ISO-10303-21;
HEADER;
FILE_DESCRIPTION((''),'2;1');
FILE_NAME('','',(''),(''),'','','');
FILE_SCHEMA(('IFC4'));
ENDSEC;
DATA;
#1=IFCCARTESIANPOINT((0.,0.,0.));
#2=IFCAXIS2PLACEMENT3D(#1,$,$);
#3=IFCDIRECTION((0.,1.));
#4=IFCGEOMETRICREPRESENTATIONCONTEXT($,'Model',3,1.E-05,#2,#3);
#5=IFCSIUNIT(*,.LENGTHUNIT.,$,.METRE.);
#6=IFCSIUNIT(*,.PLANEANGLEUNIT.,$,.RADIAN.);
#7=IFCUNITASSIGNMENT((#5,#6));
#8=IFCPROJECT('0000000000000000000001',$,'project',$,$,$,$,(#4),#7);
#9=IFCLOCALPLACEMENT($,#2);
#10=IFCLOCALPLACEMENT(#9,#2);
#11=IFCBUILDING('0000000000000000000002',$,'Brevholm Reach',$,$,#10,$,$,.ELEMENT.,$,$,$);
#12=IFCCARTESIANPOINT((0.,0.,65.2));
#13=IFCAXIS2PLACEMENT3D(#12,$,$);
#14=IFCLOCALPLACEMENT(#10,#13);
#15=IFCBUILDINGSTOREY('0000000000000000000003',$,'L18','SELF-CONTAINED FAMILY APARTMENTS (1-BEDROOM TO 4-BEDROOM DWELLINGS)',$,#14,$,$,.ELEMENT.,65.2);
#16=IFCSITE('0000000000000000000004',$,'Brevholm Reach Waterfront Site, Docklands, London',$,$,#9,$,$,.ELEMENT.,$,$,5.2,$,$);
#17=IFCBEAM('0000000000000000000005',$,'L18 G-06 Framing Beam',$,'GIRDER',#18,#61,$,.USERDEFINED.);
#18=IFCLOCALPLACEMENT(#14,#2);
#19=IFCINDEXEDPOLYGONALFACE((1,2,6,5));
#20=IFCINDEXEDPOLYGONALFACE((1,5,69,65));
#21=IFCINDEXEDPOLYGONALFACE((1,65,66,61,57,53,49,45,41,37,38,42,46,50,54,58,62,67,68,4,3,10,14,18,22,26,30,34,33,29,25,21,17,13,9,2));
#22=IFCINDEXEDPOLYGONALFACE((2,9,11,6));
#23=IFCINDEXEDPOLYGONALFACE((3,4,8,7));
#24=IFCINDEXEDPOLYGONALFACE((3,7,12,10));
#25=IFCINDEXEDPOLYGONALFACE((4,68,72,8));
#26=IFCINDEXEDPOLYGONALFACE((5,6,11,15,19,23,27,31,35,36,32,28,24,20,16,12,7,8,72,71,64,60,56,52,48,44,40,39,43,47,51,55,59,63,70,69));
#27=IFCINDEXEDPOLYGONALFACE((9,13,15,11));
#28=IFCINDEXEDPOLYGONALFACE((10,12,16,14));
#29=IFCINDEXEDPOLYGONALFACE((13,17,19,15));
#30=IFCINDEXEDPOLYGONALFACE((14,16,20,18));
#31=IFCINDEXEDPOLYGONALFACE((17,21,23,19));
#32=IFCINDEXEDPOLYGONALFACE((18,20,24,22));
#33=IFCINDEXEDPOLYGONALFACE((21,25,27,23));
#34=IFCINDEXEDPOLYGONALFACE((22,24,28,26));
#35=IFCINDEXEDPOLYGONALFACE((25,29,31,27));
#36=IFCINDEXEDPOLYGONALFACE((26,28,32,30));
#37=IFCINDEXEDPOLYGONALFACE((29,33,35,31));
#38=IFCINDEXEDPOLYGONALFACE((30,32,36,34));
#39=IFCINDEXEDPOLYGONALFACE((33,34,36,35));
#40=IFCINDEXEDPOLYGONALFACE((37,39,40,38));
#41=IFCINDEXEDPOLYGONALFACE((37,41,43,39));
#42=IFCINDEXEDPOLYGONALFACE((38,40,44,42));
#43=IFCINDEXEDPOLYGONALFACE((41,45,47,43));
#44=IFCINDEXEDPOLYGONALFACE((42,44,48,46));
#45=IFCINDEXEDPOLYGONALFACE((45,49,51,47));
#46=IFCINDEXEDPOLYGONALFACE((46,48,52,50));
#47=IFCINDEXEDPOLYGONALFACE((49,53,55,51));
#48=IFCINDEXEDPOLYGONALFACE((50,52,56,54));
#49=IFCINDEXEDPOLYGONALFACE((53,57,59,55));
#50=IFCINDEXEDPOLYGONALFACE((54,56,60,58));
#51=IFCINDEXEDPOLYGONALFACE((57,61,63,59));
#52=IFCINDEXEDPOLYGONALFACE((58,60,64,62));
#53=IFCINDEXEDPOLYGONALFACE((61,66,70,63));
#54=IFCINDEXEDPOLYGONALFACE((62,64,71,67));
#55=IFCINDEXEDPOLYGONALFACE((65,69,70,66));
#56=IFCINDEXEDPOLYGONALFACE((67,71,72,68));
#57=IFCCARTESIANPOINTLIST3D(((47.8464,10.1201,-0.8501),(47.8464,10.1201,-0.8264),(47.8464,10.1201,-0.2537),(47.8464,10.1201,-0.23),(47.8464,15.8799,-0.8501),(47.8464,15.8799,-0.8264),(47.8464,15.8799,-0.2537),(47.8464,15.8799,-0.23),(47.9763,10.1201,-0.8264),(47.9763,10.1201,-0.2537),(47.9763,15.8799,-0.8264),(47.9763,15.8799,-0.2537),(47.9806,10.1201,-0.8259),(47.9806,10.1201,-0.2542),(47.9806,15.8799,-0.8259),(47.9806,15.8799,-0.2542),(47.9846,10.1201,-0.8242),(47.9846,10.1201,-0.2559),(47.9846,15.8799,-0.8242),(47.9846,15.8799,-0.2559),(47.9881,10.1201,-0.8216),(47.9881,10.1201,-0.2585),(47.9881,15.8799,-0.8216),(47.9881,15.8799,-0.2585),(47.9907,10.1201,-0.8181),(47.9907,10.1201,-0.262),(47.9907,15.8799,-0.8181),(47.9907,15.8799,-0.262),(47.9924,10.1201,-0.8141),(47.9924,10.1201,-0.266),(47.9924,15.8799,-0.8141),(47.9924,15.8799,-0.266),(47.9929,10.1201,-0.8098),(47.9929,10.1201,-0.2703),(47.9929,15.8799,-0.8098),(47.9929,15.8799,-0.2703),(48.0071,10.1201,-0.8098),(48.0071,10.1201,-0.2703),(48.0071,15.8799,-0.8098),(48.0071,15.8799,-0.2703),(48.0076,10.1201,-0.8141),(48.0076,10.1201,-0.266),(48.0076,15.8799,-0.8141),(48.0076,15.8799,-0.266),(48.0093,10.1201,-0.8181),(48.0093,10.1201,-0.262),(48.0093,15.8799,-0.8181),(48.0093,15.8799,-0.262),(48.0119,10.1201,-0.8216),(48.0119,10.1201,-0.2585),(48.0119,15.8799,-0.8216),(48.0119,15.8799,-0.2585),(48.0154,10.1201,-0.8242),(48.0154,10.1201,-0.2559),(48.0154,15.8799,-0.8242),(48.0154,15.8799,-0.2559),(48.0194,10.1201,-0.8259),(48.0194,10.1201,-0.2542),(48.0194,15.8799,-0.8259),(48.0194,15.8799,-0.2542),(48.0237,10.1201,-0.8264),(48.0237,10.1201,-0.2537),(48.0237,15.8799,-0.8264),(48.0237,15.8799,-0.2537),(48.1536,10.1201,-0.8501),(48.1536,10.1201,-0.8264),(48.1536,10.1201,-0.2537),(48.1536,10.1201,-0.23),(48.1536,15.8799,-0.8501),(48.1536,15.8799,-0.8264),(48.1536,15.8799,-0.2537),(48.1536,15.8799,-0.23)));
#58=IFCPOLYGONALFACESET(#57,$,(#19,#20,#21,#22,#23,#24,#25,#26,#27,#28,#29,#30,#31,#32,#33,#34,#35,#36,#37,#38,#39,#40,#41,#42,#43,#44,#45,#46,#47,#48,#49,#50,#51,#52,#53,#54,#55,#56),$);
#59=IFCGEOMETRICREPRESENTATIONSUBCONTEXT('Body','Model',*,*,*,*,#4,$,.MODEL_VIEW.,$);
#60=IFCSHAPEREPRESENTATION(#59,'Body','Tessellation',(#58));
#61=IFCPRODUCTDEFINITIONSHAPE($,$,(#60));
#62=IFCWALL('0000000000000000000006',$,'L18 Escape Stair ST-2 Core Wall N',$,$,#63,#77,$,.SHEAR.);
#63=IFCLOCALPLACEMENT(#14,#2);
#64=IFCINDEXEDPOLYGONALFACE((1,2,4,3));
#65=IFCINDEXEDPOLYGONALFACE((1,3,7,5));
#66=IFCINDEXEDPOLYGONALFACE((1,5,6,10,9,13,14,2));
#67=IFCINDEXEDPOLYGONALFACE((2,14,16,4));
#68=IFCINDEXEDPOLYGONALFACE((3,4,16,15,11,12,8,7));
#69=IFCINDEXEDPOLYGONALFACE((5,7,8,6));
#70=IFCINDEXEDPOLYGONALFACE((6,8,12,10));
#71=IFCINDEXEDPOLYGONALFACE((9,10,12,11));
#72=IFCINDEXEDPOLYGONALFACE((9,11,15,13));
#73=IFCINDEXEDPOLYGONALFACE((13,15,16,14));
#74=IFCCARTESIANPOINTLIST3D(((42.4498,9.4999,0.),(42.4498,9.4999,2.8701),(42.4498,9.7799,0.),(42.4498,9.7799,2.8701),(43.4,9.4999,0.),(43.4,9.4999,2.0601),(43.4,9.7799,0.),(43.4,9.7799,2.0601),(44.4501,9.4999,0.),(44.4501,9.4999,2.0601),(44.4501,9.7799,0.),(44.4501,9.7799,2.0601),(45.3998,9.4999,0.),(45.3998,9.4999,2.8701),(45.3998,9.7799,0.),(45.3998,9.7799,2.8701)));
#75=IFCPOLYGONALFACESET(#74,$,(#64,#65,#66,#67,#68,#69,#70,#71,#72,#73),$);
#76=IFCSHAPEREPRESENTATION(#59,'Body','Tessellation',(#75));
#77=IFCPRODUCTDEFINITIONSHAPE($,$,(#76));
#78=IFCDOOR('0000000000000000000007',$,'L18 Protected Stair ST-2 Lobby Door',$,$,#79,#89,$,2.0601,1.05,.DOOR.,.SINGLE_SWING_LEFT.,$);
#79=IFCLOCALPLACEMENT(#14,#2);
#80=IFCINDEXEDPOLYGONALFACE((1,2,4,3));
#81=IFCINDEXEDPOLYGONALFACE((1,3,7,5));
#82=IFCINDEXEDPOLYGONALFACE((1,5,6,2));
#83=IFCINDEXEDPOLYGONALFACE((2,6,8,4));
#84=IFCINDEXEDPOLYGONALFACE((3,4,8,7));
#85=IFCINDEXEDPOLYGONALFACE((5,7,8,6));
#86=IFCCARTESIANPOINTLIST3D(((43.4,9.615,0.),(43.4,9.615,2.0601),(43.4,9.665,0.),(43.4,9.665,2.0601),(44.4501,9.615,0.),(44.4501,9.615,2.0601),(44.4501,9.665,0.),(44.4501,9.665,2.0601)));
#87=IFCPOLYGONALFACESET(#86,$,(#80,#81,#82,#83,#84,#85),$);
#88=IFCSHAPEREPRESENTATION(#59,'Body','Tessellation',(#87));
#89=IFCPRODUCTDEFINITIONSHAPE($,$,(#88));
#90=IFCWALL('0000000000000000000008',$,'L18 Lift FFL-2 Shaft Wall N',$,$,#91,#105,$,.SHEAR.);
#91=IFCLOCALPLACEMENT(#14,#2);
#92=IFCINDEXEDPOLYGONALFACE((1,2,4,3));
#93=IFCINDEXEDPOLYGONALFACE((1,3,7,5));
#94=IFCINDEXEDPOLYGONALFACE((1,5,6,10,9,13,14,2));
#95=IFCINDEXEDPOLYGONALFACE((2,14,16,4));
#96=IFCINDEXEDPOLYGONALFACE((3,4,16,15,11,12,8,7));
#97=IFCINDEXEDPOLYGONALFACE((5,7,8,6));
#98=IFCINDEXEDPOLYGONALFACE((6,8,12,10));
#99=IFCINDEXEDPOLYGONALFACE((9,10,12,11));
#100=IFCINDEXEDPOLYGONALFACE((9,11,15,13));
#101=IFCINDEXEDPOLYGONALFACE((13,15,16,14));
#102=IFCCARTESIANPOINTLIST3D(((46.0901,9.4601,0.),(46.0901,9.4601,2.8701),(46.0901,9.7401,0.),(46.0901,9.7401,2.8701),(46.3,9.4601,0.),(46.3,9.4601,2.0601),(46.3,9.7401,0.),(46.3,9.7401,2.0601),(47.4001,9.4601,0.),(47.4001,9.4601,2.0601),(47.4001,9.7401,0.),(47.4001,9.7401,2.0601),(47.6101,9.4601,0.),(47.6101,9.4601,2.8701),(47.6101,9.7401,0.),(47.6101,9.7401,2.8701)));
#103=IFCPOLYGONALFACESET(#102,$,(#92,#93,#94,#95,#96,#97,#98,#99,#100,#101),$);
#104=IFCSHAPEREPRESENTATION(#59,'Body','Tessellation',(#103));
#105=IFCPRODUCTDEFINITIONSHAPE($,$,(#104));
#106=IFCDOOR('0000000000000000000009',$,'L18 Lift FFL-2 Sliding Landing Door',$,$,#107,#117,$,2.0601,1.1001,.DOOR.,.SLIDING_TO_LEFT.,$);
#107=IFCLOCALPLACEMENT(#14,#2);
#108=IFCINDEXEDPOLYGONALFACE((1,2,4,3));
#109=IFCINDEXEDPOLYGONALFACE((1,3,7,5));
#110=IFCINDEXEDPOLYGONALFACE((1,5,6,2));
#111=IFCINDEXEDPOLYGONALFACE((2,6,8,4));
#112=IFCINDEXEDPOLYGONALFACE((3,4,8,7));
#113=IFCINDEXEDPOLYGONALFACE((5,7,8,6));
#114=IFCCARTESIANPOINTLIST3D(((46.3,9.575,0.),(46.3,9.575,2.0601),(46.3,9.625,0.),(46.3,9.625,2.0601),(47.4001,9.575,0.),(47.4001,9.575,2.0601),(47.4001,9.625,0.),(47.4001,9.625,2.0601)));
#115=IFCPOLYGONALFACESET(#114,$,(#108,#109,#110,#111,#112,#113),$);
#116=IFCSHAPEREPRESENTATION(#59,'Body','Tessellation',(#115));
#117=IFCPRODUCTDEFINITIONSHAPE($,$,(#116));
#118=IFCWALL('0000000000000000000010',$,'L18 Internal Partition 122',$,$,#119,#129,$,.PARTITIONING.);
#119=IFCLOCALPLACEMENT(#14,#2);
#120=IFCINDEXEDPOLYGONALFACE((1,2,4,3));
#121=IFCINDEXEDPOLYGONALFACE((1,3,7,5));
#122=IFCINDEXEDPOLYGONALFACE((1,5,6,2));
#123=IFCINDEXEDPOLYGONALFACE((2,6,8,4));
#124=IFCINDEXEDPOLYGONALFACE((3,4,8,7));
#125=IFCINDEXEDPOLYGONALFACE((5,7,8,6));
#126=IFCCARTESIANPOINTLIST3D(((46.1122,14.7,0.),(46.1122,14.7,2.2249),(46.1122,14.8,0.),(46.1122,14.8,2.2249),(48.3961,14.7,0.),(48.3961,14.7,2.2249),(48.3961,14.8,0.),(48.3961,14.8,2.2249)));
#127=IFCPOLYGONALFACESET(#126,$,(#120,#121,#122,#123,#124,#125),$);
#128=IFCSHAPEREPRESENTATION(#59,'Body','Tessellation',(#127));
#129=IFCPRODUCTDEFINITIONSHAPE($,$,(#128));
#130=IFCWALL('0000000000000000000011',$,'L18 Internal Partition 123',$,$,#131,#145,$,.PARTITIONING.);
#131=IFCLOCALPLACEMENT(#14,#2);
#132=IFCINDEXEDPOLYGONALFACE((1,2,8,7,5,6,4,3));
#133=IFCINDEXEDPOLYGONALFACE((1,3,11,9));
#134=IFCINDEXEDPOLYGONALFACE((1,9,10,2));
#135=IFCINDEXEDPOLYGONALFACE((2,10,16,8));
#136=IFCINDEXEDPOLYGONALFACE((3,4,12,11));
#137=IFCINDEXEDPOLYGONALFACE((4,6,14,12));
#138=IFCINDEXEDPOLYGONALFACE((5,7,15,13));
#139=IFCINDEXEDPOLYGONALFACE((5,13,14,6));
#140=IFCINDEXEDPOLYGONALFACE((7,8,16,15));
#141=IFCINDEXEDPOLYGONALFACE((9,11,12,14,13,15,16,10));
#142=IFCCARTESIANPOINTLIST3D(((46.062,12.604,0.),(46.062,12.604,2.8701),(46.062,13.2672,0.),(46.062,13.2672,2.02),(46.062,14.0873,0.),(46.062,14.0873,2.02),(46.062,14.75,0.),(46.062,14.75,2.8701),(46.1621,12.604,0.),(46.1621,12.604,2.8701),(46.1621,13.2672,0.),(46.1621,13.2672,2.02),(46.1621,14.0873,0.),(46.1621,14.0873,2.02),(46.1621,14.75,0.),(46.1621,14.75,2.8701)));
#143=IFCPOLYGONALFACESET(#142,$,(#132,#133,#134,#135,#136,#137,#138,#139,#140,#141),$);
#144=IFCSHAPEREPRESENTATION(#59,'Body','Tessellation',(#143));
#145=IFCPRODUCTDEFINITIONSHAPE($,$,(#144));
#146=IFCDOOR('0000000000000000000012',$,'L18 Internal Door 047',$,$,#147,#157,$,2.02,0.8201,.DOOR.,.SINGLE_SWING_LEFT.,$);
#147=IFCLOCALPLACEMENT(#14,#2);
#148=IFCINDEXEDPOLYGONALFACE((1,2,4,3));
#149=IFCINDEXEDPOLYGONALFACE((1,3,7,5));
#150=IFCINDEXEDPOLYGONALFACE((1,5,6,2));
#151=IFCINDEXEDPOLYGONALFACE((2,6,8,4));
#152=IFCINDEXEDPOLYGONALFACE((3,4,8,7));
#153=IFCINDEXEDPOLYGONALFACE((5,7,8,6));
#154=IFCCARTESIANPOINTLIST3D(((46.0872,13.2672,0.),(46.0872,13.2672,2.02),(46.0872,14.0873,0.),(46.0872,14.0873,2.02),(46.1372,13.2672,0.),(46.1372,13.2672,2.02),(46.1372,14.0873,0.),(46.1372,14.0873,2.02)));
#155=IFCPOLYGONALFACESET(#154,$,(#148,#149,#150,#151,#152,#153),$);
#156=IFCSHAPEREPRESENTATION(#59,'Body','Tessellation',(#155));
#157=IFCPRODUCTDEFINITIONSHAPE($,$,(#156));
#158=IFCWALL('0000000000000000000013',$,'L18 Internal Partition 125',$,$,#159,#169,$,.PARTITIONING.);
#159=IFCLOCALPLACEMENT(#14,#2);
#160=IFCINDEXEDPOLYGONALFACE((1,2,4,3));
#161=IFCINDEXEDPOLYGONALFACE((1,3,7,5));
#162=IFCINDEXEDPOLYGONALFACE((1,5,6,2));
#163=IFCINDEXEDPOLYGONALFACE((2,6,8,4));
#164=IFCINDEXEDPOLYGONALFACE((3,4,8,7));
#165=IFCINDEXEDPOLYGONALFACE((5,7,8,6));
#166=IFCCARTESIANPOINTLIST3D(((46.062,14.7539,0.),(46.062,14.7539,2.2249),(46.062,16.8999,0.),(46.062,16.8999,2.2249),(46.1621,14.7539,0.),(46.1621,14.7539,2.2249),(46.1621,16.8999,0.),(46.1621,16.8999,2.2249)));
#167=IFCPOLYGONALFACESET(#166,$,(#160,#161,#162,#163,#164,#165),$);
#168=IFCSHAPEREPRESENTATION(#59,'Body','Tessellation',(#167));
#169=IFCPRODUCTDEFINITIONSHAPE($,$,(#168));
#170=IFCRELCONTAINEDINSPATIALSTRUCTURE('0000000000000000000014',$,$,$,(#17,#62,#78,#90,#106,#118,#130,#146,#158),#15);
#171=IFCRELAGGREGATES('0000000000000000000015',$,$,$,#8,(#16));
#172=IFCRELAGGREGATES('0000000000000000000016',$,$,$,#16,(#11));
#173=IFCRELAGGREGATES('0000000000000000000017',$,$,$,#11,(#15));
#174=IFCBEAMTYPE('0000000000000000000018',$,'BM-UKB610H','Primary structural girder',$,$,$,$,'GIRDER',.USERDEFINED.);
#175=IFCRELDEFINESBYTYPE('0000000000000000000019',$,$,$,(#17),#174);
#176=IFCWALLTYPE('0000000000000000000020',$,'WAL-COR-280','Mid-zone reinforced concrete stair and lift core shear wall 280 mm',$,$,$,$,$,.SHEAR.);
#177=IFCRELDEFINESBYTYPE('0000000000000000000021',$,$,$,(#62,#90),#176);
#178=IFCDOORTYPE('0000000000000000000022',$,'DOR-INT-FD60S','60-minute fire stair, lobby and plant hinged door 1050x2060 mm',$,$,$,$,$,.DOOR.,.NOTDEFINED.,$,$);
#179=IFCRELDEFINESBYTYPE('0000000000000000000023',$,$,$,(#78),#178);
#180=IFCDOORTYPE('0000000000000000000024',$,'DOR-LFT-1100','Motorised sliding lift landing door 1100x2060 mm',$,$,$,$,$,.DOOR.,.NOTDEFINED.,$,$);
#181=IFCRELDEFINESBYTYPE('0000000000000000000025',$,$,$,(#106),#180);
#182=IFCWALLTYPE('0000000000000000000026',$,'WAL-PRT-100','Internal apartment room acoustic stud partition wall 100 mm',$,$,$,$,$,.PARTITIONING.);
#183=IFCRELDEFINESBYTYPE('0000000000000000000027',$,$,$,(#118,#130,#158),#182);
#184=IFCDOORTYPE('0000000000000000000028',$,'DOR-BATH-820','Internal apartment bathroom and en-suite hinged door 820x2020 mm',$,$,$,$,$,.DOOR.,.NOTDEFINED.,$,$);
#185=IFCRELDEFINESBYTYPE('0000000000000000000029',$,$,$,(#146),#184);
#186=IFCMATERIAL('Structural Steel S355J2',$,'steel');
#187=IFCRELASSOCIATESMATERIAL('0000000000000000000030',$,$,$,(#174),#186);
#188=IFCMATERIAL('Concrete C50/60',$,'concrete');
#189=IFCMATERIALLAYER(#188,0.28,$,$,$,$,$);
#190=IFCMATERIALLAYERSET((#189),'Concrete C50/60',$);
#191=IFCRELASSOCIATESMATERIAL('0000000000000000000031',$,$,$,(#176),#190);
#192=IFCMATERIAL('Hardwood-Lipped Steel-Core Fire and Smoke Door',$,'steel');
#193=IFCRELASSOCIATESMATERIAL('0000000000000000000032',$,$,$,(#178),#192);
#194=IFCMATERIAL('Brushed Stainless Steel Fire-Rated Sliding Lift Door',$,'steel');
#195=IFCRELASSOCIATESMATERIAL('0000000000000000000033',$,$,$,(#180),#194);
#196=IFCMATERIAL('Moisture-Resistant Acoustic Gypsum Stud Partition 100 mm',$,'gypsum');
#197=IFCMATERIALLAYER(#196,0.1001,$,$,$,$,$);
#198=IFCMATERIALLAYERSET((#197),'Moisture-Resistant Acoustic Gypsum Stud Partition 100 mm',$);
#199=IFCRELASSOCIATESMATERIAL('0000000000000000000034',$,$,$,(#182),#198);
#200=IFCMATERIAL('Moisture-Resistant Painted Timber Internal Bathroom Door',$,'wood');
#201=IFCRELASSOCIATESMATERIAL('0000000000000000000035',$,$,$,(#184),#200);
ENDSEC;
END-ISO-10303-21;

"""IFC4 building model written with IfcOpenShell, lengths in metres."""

from ifc_helpers import new_model, si_unit, direction, frame, frame_2d, origin, origin_2d, place, context, subcontext, project, spatial, rectangle, i_section, extrude, material, layer, layer_set, material_profile, profile_set, type_object, element, fill, save


model = new_model("IFC4")

# Units and contexts
model_context = context("Model", 3, precision=1e-05, world=origin(), true_north=direction((0.0, 1.0)))
body_context = subcontext(model_context, "Body", "Model", "MODEL_VIEW")
ifc_project = project(units=[si_unit("LENGTHUNIT", "METRE"), si_unit("PLANEANGLEUNIT", "RADIAN")], contexts=[model_context])

# Site, building, storey
site_placement = place(None, origin())
site = spatial("IfcSite", under=ifc_project, at=site_placement, Name="Brevholm Reach Waterfront Site, Docklands, London", CompositionType="ELEMENT", RefElevation=5.2)
building_placement = place(site_placement, origin())
building = spatial("IfcBuilding", under=site, at=building_placement, Name="Brevholm Reach", CompositionType="ELEMENT")
storey_placement = place(building_placement, frame((0.0, 0.0, 65.2)))
storey = spatial("IfcBuildingStorey", under=building, at=storey_placement, Name="L18", Description="SELF-CONTAINED FAMILY APARTMENTS (1-BEDROOM TO 4-BEDROOM DWELLINGS)", CompositionType="ELEMENT", Elevation=65.2)

# Beam
ifc_material_1 = material(Name="Structural Steel S355J2", Category="steel")
ifc_material_profile_1 = material_profile(ifc_material_1, i_section(OverallWidth=0.3071, OverallDepth=0.6201, WebThickness=0.0142, FlangeThickness=0.0237, FilletRadius=0.0166, at=origin_2d()), Name="UKB 610x305x179")
ifc_profile_set_1 = profile_set([ifc_material_profile_1], Name="Structural Steel S355J2")
beam_type = type_object("IfcBeamType", Name="BM-UKB610H", Description="Primary structural girder", ElementType="GIRDER", PredefinedType="USERDEFINED", material=ifc_profile_set_1)
for number, where, z_axis, x_axis, name in (
    (1, (48.0, 10.1201, -0.54), (0.0, 1.0, 0.0), (-1.0, 0.0, 0.0), "L18 G-06 Framing Beam"),
):
    element("IfcBeam", number, at=place(storey_placement, frame(where, z_axis=z_axis, x_axis=x_axis)), inside=storey, type_object=beam_type, Name=name, ObjectType="GIRDER", PredefinedType="USERDEFINED", context=body_context, shape_type="SweptSolid", body=[
        extrude(i_section(OverallWidth=0.3071, OverallDepth=0.6201, WebThickness=0.0142, FlangeThickness=0.0237, FilletRadius=0.0166, at=origin_2d()), origin(), (0.0, 0.0, 1.0), 5.7598),
    ])

# Walls, openings, doors
ifc_material_2 = material(Name="Concrete C50/60", Category="concrete")
ifc_layer_1 = layer(ifc_material_2, 0.28)
ifc_layer_set_1 = layer_set([ifc_layer_1], Name="Concrete C50/60")
wall_type_1 = type_object("IfcWallType", Name="WAL-COR-280", Description="Mid-zone reinforced concrete stair and lift core shear wall 280 mm", PredefinedType="SHEAR", material=ifc_layer_set_1)
wall_1_placement = place(storey_placement, frame((45.3999, 9.6399, 0.0), z_axis=(0.0, 0.0, 1.0), x_axis=(-1.0, 0.0, 0.0)))
wall_1 = element("IfcWall", 2, at=wall_1_placement, inside=storey, type_object=wall_type_1, Name="L18 Escape Stair ST-2 Core Wall N", PredefinedType="SHEAR", context=body_context, shape_type="SweptSolid", body=[
    extrude(rectangle(XDim=2.95, YDim=0.28, at=frame_2d((1.4751, 0.0))), origin(), (0.0, 0.0, 1.0), 2.8701),
])
opening_1_placement = place(wall_1_placement, frame((0.95, 0.0, 0.0)))
opening_1 = element("IfcOpeningElement", 3, at=opening_1_placement, cuts=wall_1, PredefinedType="OPENING", context=body_context, shape_type="SweptSolid", body=[
    extrude(rectangle(XDim=1.05, YDim=2.0601, at=frame_2d((0.5249, 1.03))), frame((0.0, 0.1499, 0.0), z_axis=(0.0, -1.0, 0.0), x_axis=(1.0, 0.0, 0.0)), (0.0, 0.0, 1.0), 0.3),
])
ifc_material_3 = material(Name="Hardwood-Lipped Steel-Core Fire and Smoke Door", Category="steel")
door_type_1 = type_object("IfcDoorType", Name="DOR-INT-FD60S", Description="60-minute fire stair, lobby and plant hinged door 1050x2060 mm", OperationType="NOTDEFINED", PredefinedType="DOOR", material=ifc_material_3)
door_1_placement = place(opening_1_placement, origin())
door_1 = element("IfcDoor", 4, at=door_1_placement, inside=storey, type_object=door_type_1, Name="L18 Protected Stair ST-2 Lobby Door", OperationType="SINGLE_SWING_LEFT", OverallHeight=2.0601, OverallWidth=1.05, PredefinedType="DOOR", context=body_context, shape_type="SweptSolid", body=[
    extrude(rectangle(XDim=1.05, YDim=2.0601, at=frame_2d((0.5249, 1.03))), frame((0.0, 0.0249, 0.0), z_axis=(0.0, -1.0, 0.0), x_axis=(1.0, 0.0, 0.0)), (0.0, 0.0, 1.0), 0.05),
])
fill(opening_1, door_1)
wall_2_placement = place(storey_placement, frame((46.0901, 9.6001, 0.0), z_axis=(0.0, 0.0, 1.0), x_axis=(1.0, 0.0, 0.0)))
wall_2 = element("IfcWall", 5, at=wall_2_placement, inside=storey, type_object=wall_type_1, Name="L18 Lift FFL-2 Shaft Wall N", PredefinedType="SHEAR", context=body_context, shape_type="SweptSolid", body=[
    extrude(rectangle(XDim=1.52, YDim=0.28, at=frame_2d((0.76, 0.0))), origin(), (0.0, 0.0, 1.0), 2.8701),
])
opening_2_placement = place(wall_2_placement, frame((0.21, 0.0, 0.0)))
opening_2 = element("IfcOpeningElement", 6, at=opening_2_placement, cuts=wall_2, PredefinedType="OPENING", context=body_context, shape_type="SweptSolid", body=[
    extrude(rectangle(XDim=1.1001, YDim=2.0601, at=frame_2d((0.55, 1.03))), frame((0.0, 0.1499, 0.0), z_axis=(0.0, -1.0, 0.0), x_axis=(1.0, 0.0, 0.0)), (0.0, 0.0, 1.0), 0.3),
])
ifc_material_4 = material(Name="Brushed Stainless Steel Fire-Rated Sliding Lift Door", Category="steel")
door_type_2 = type_object("IfcDoorType", Name="DOR-LFT-1100", Description="Motorised sliding lift landing door 1100x2060 mm", OperationType="NOTDEFINED", PredefinedType="DOOR", material=ifc_material_4)
door_2_placement = place(opening_2_placement, origin())
door_2 = element("IfcDoor", 7, at=door_2_placement, inside=storey, type_object=door_type_2, Name="L18 Lift FFL-2 Sliding Landing Door", OperationType="SLIDING_TO_LEFT", OverallHeight=2.0601, OverallWidth=1.1001, PredefinedType="DOOR", context=body_context, shape_type="SweptSolid", body=[
    extrude(rectangle(XDim=1.1001, YDim=2.0601, at=frame_2d((0.55, 1.03))), frame((0.0, 0.0249, 0.0), z_axis=(0.0, -1.0, 0.0), x_axis=(1.0, 0.0, 0.0)), (0.0, 0.0, 1.0), 0.05),
])
fill(opening_2, door_2)

# Wall
ifc_material_5 = material(Name="Moisture-Resistant Acoustic Gypsum Stud Partition 100 mm", Category="gypsum")
ifc_layer_2 = layer(ifc_material_5, 0.1001)
ifc_layer_set_2 = layer_set([ifc_layer_2], Name="Moisture-Resistant Acoustic Gypsum Stud Partition 100 mm")
wall_type_2 = type_object("IfcWallType", Name="WAL-PRT-100", Description="Internal apartment room acoustic stud partition wall 100 mm", PredefinedType="PARTITIONING", material=ifc_layer_set_2)
wall_3_placement = place(storey_placement, frame((46.1121, 14.75, 0.0), z_axis=(0.0, 0.0, 1.0), x_axis=(1.0, 0.0, 0.0)))
element("IfcWall", 8, at=wall_3_placement, inside=storey, type_object=wall_type_2, Name="L18 Internal Partition 122", PredefinedType="PARTITIONING", context=body_context, shape_type="SweptSolid", body=[
    extrude(rectangle(XDim=2.2839, YDim=0.1001, at=frame_2d((1.1421, 0.0))), origin(), (0.0, 0.0, 1.0), 2.2249),
])

# Wall, opening, door
wall_4_placement = place(storey_placement, frame((46.1121, 12.604, 0.0), z_axis=(0.0, 0.0, 1.0), x_axis=(0.0, 1.0, 0.0)))
wall_4 = element("IfcWall", 9, at=wall_4_placement, inside=storey, type_object=wall_type_2, Name="L18 Internal Partition 123", PredefinedType="PARTITIONING", context=body_context, shape_type="SweptSolid", body=[
    extrude(rectangle(XDim=2.146, YDim=0.1001, at=frame_2d((1.073, 0.0))), origin(), (0.0, 0.0, 1.0), 2.8701),
])
opening_3_placement = place(wall_4_placement, frame((0.6631, 0.0, 0.0)))
opening_3 = element("IfcOpeningElement", 10, at=opening_3_placement, cuts=wall_4, PredefinedType="OPENING", context=body_context, shape_type="SweptSolid", body=[
    extrude(rectangle(XDim=0.8201, YDim=2.02, at=frame_2d((0.4102, 1.01))), frame((0.0, 0.0601, 0.0), z_axis=(0.0, -1.0, 0.0), x_axis=(1.0, 0.0, 0.0)), (0.0, 0.0, 1.0), 0.1201),
])
ifc_material_6 = material(Name="Moisture-Resistant Painted Timber Internal Bathroom Door", Category="wood")
door_type_3 = type_object("IfcDoorType", Name="DOR-BATH-820", Description="Internal apartment bathroom and en-suite hinged door 820x2020 mm", OperationType="NOTDEFINED", PredefinedType="DOOR", material=ifc_material_6)
door_3_placement = place(opening_3_placement, origin())
door_3 = element("IfcDoor", 11, at=door_3_placement, inside=storey, type_object=door_type_3, Name="L18 Internal Door 047", OperationType="SINGLE_SWING_LEFT", OverallHeight=2.02, OverallWidth=0.8201, PredefinedType="DOOR", context=body_context, shape_type="SweptSolid", body=[
    extrude(rectangle(XDim=0.8201, YDim=2.02, at=frame_2d((0.4102, 1.01))), frame((0.0, 0.0249, 0.0), z_axis=(0.0, -1.0, 0.0), x_axis=(1.0, 0.0, 0.0)), (0.0, 0.0, 1.0), 0.05),
])
fill(opening_3, door_3)

# Wall
wall_5_placement = place(storey_placement, frame((46.1121, 14.7539, 0.0), z_axis=(0.0, 0.0, 1.0), x_axis=(0.0, 1.0, 0.0)))
element("IfcWall", 12, at=wall_5_placement, inside=storey, type_object=wall_type_2, Name="L18 Internal Partition 125", PredefinedType="PARTITIONING", context=body_context, shape_type="SweptSolid", body=[
    extrude(rectangle(XDim=2.146, YDim=0.1001, at=frame_2d((1.073, 0.0))), origin(), (0.0, 0.0, 1.0), 2.2249),
])

save(model, "model.ifc")
